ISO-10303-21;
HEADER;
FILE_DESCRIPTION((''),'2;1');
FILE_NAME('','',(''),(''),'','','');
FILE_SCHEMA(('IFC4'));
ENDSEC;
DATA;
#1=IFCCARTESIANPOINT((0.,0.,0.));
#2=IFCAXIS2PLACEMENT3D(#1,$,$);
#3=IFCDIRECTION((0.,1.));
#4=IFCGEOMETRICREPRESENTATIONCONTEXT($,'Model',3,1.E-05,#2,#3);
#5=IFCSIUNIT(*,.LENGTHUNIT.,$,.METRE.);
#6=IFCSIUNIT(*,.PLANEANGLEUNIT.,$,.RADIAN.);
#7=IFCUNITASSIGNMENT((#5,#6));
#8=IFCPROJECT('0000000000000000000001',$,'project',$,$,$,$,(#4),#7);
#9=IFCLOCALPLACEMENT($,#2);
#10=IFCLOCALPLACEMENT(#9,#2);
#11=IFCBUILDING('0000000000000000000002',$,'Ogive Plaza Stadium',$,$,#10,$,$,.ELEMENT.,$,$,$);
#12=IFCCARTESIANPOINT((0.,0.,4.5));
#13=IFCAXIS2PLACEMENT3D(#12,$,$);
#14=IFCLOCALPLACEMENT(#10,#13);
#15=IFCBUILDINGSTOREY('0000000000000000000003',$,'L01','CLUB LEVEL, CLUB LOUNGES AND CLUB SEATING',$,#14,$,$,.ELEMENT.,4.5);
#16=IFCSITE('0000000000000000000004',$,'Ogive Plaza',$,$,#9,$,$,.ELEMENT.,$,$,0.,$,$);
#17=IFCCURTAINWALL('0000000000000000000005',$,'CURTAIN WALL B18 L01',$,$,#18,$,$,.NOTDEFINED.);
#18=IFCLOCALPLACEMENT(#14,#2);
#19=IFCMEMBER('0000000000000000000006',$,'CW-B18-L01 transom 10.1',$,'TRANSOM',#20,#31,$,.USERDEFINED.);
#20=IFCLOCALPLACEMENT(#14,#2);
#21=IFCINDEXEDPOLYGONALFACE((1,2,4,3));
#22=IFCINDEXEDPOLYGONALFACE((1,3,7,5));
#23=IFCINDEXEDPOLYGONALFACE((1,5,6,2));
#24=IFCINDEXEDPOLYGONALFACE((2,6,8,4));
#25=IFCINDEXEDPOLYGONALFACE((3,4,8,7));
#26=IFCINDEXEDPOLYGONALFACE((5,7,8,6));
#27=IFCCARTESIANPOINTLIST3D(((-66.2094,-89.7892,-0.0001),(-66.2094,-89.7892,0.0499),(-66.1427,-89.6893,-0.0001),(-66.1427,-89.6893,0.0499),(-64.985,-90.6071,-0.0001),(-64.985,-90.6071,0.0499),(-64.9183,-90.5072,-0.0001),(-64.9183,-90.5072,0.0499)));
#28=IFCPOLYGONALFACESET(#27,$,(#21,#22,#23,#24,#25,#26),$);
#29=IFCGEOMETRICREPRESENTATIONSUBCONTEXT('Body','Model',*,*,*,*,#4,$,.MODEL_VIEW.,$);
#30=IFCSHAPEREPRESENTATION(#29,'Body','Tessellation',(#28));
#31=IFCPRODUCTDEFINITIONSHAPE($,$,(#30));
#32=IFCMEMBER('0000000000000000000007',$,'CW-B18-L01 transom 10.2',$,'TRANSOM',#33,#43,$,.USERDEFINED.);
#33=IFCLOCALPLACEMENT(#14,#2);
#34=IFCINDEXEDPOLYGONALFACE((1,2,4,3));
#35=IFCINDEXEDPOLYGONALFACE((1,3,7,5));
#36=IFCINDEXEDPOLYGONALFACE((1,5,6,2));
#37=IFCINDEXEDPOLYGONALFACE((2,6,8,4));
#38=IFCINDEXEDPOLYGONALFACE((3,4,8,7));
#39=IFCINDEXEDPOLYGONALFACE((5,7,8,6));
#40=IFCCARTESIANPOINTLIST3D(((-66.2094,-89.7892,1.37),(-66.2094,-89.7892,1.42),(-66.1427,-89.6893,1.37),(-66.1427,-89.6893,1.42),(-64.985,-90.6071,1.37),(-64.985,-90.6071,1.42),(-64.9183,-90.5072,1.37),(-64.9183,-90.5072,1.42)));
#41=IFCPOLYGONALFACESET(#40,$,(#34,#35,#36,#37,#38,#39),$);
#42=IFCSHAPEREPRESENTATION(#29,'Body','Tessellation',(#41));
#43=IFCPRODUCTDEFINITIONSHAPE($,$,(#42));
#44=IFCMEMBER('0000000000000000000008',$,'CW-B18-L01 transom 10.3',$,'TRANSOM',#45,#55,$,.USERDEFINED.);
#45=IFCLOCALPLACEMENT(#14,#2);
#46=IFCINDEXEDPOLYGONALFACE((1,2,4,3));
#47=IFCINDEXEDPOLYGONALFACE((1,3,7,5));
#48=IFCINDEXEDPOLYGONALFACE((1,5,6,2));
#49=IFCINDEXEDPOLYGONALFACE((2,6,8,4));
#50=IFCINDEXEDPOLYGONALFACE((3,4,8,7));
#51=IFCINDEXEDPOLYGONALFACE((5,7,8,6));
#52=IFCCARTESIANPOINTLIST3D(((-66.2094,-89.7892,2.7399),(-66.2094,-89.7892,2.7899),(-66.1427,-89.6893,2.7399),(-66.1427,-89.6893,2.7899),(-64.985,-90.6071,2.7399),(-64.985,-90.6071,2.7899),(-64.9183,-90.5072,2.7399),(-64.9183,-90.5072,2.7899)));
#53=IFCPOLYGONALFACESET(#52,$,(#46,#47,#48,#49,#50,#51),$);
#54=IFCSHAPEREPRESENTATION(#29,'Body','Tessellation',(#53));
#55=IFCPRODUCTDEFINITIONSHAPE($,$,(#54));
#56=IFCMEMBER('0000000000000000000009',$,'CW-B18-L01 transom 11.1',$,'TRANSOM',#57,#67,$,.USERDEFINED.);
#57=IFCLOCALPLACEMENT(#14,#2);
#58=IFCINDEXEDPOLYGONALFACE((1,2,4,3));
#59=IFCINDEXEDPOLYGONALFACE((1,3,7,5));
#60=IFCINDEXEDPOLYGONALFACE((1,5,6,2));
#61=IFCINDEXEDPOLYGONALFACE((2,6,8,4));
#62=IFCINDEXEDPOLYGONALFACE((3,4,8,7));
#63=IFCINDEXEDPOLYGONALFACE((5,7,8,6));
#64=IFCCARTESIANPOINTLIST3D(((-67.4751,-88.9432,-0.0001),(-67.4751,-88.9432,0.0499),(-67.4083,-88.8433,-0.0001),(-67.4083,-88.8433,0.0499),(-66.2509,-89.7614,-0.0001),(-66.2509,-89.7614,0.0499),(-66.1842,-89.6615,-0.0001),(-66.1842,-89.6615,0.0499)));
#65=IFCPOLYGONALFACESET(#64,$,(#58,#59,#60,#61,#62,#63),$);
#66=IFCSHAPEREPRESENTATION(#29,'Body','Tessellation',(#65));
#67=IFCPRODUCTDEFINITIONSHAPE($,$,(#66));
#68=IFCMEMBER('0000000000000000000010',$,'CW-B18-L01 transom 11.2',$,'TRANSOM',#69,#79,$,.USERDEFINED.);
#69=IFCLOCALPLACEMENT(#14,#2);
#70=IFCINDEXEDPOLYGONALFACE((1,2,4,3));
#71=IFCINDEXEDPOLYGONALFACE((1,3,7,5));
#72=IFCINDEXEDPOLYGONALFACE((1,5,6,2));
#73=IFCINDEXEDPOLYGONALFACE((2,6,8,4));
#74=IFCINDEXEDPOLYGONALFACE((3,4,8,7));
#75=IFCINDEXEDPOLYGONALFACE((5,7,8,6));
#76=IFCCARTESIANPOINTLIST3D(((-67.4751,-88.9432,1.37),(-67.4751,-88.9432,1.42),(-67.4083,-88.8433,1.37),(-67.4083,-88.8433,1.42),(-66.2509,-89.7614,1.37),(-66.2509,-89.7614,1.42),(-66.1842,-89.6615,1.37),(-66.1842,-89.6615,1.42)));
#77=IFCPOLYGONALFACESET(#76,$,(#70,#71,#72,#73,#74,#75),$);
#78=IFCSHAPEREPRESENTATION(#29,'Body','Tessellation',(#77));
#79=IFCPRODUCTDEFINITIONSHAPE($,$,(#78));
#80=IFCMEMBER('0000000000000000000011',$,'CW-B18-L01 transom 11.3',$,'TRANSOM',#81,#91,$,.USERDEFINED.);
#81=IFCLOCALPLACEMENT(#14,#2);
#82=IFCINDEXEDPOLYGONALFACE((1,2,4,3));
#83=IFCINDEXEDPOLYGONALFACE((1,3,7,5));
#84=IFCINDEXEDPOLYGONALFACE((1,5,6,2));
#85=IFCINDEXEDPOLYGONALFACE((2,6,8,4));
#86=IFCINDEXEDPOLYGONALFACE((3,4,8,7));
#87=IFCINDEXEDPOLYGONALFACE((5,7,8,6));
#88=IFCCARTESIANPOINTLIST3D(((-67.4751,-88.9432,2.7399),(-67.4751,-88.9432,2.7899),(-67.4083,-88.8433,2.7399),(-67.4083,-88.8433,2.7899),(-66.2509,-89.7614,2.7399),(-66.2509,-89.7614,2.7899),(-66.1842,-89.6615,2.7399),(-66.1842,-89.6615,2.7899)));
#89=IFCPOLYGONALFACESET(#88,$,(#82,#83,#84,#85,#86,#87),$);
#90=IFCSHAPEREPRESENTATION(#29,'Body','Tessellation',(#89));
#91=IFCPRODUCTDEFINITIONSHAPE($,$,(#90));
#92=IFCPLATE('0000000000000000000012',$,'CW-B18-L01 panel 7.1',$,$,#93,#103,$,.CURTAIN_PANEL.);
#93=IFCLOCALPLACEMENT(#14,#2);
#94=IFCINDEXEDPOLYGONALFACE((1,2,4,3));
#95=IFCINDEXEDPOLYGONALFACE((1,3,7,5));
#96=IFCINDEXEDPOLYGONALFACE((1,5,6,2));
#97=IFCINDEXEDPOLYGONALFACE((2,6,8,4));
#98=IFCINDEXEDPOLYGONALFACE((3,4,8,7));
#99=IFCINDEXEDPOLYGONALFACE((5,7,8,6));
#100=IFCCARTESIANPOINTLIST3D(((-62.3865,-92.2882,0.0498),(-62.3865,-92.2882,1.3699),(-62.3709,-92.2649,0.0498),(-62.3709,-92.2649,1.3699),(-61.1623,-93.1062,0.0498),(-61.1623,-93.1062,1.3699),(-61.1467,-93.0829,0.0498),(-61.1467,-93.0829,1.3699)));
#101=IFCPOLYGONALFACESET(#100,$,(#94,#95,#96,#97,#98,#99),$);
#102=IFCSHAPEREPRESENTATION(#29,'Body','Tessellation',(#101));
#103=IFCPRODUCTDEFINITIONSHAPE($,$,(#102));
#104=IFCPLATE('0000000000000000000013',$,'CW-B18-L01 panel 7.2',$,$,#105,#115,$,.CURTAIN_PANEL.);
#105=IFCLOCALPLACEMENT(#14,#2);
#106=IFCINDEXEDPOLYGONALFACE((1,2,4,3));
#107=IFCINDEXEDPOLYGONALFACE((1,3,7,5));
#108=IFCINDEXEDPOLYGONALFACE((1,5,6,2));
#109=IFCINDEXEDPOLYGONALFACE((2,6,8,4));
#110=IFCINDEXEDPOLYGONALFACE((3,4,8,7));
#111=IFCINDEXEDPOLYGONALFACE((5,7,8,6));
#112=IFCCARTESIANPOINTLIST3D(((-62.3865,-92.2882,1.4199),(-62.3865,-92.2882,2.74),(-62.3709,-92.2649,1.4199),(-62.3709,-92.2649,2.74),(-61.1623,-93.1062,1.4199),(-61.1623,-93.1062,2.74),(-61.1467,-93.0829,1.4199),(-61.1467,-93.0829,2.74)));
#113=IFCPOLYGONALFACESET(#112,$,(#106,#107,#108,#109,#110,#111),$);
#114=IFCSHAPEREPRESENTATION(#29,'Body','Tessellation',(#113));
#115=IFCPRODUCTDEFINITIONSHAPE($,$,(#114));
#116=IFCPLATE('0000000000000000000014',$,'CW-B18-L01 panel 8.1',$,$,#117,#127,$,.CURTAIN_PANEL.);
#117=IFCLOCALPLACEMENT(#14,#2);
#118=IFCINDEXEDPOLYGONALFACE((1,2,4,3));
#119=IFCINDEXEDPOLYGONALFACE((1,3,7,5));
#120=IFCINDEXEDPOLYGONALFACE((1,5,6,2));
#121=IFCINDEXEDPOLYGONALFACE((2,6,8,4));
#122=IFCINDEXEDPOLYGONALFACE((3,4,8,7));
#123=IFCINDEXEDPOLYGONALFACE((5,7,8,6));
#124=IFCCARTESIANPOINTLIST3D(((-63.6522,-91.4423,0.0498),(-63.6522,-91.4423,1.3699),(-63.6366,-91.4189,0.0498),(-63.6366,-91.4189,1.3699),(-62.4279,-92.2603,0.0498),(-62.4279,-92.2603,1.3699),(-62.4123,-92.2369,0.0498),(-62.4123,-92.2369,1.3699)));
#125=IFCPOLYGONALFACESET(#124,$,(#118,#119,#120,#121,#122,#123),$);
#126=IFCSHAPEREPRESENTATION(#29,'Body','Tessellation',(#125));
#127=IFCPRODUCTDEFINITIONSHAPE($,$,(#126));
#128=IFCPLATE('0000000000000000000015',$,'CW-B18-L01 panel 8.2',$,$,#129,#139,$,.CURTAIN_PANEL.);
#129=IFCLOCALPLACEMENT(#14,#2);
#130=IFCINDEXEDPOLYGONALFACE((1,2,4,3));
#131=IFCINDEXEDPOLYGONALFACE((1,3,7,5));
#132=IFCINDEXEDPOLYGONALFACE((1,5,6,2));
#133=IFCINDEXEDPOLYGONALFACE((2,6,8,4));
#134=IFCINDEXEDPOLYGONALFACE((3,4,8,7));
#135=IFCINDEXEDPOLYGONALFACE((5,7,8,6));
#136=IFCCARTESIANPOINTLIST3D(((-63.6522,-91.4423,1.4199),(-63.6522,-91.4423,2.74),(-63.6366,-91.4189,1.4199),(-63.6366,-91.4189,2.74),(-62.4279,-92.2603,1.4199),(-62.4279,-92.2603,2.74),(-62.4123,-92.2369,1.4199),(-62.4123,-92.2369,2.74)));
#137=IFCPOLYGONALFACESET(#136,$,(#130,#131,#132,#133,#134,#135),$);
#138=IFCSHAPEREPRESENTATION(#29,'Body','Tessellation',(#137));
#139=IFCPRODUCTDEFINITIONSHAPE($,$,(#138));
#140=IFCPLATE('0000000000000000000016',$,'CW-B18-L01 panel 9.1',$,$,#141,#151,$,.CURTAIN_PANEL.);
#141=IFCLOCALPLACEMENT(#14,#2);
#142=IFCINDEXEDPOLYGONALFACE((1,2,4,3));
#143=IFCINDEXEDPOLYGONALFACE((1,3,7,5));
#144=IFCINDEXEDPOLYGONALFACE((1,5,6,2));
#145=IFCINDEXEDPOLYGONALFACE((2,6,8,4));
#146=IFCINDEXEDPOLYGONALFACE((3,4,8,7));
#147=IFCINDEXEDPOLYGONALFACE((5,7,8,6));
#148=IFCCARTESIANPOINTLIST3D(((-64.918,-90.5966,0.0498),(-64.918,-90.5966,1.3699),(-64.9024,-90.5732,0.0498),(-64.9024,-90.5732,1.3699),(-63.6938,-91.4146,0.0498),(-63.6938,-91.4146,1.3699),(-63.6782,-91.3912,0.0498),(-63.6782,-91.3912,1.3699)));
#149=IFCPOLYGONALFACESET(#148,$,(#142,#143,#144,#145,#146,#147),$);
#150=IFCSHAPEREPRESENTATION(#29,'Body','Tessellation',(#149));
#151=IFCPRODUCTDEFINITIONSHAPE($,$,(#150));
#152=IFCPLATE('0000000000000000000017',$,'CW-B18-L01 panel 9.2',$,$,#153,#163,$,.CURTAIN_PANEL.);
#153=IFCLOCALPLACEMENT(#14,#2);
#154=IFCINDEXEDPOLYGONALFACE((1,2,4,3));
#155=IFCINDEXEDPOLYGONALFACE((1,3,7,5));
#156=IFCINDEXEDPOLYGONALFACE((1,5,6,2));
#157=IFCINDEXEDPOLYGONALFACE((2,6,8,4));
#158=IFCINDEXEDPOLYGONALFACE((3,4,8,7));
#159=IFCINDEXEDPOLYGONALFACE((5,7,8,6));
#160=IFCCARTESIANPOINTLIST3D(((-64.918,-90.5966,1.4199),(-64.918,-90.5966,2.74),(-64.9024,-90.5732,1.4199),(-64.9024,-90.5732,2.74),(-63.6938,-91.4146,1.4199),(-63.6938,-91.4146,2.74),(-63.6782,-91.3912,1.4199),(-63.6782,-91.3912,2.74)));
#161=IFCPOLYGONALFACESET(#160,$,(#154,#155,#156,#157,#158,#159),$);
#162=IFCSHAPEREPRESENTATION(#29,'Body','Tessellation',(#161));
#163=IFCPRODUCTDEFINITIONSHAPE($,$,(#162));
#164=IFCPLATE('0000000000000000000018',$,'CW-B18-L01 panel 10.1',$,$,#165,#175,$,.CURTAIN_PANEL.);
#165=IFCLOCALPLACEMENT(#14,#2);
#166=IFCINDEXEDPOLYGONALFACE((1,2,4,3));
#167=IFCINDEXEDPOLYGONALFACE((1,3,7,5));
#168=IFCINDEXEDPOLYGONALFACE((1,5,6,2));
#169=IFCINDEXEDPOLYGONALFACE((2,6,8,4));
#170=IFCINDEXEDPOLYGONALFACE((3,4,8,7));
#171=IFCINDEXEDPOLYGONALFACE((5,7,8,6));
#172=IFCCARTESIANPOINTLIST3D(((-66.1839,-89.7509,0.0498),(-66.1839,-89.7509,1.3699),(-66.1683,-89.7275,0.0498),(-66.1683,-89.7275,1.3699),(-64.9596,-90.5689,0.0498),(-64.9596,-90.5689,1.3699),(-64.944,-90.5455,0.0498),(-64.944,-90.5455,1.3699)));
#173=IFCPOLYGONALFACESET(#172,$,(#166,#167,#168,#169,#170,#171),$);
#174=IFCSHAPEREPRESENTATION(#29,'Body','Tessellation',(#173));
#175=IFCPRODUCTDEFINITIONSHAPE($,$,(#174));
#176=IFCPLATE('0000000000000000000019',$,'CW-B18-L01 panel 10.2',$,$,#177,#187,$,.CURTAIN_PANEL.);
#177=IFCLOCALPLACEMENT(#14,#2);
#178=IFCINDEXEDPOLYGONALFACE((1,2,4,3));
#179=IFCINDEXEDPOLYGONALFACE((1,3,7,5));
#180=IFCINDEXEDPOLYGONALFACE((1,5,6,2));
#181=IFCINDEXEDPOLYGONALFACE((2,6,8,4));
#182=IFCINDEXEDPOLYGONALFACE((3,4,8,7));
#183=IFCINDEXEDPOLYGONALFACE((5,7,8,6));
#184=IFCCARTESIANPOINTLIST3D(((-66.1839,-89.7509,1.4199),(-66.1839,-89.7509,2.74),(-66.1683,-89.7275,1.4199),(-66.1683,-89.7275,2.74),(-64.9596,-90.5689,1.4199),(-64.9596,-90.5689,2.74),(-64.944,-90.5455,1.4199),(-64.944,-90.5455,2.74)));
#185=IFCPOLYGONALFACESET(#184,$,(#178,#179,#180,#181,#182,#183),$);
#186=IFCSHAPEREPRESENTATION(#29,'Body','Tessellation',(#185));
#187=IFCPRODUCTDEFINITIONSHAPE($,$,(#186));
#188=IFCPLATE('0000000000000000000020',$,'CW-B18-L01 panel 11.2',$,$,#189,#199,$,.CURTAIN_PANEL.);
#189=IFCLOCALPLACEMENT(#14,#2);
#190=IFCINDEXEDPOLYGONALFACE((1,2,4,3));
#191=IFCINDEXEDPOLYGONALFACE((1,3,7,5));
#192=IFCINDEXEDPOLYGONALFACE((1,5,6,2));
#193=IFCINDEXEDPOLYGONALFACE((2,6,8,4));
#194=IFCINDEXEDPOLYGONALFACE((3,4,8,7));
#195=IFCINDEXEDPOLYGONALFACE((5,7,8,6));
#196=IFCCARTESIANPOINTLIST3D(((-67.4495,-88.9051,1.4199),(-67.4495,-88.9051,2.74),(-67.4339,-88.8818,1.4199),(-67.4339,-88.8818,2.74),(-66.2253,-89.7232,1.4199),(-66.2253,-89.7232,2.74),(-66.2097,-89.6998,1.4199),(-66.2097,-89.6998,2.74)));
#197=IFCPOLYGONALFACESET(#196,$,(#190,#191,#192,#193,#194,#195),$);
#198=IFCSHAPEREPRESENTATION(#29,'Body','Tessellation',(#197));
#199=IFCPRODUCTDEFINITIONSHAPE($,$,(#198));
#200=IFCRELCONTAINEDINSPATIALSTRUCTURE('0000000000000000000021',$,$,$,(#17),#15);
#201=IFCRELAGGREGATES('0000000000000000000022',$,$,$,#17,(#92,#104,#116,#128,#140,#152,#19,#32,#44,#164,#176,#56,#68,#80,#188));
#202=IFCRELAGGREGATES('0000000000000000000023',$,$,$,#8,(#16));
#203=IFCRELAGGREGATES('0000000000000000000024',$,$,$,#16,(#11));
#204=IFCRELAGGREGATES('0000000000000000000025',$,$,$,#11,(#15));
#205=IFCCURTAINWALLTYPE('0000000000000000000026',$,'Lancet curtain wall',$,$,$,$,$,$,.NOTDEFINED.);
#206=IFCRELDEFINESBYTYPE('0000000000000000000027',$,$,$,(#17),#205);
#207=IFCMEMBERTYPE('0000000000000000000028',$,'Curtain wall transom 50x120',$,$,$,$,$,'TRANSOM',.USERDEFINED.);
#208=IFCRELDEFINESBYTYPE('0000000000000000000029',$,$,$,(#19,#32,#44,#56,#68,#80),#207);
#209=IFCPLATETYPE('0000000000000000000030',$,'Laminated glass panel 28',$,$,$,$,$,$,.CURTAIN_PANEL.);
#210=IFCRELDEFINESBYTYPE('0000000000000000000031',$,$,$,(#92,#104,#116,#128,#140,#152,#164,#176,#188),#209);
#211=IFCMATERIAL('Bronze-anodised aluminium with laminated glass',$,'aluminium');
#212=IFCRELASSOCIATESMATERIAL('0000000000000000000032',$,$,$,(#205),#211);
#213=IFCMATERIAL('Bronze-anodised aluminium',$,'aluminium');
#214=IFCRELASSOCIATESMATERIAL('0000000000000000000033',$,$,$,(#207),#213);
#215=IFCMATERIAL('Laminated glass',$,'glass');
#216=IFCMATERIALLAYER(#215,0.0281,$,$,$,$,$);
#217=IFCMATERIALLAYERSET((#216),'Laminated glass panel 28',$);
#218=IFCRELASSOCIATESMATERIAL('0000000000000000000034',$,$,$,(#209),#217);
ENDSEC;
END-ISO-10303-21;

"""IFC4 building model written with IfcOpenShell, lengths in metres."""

from ifc_helpers import new_model, si_unit, direction, frame, origin, origin_2d, place, context, subcontext, project, spatial, rectangle, extrude, material, layer, layer_set, material_profile, profile_set, type_object, element, aggregate, save


model = new_model("IFC4")

# Units and contexts
model_context = context("Model", 3, precision=1e-05, world=origin(), true_north=direction((0.0, 1.0)))
body_context = subcontext(model_context, "Body", "Model", "MODEL_VIEW")
ifc_project = project(units=[si_unit("LENGTHUNIT", "METRE"), si_unit("PLANEANGLEUNIT", "RADIAN")], contexts=[model_context])

# Site, building, storey
site_placement = place(None, origin())
site = spatial("IfcSite", under=ifc_project, at=site_placement, Name="Ogive Plaza", CompositionType="ELEMENT", RefElevation=0.0)
building_placement = place(site_placement, origin())
building = spatial("IfcBuilding", under=site, at=building_placement, Name="Ogive Plaza Stadium", CompositionType="ELEMENT")
storey_placement = place(building_placement, frame((0.0, 0.0, 4.5)))
storey = spatial("IfcBuildingStorey", under=building, at=storey_placement, Name="L01", Description="CLUB LEVEL, CLUB LOUNGES AND CLUB SEATING", CompositionType="ELEMENT", Elevation=4.5)

# Curtain wall, members, plates
ifc_material_1 = material(Name="Bronze-anodised aluminium with laminated glass", Category="aluminium")
curtain_wall_type = type_object("IfcCurtainWallType", Name="Lancet curtain wall", PredefinedType="NOTDEFINED", material=ifc_material_1)
curtain_wall_placement = place(storey_placement, origin())
curtain_wall = element("IfcCurtainWall", 1, at=curtain_wall_placement, inside=storey, type_object=curtain_wall_type, Name="CURTAIN WALL B18 L01", PredefinedType="NOTDEFINED")
ifc_material_2 = material(Name="Bronze-anodised aluminium", Category="aluminium")
ifc_material_profile_1 = material_profile(ifc_material_2, rectangle(XDim=0.1201, YDim=0.05, at=origin_2d()), Name="AL 120x50")
ifc_profile_set_1 = profile_set([ifc_material_profile_1], Name="Bronze-anodised aluminium")
member_type_1 = type_object("IfcMemberType", Name="Curtain wall transom 50x120", ElementType="TRANSOM", PredefinedType="USERDEFINED", material=ifc_profile_set_1)
member_1_placement = place(storey_placement, frame((-64.9517, -90.5571, 0.0249), z_axis=(-0.83154, 0.555465, 0.0), x_axis=(-0.555465, -0.83154, 0.0)))
member_1 = element("IfcMember", 2, at=member_1_placement, type_object=member_type_1, Name="CW-B18-L01 transom 10.1", ObjectType="TRANSOM", PredefinedType="USERDEFINED", context=body_context, shape_type="SweptSolid", body=[
    extrude(rectangle(XDim=0.1201, YDim=0.05, at=origin_2d()), origin(), (0.0, 0.0, 1.0), 1.4724),
])
member_2_placement = place(storey_placement, frame((-64.9517, -90.5571, 1.395), z_axis=(-0.83154, 0.555465, 0.0), x_axis=(-0.555465, -0.83154, 0.0)))
member_2 = element("IfcMember", 3, at=member_2_placement, type_object=member_type_1, Name="CW-B18-L01 transom 10.2", ObjectType="TRANSOM", PredefinedType="USERDEFINED", context=body_context, shape_type="SweptSolid", body=[
    extrude(rectangle(XDim=0.1201, YDim=0.05, at=origin_2d()), origin(), (0.0, 0.0, 1.0), 1.4724),
])
member_3_placement = place(storey_placement, frame((-64.9517, -90.5571, 2.7649), z_axis=(-0.83154, 0.555465, 0.0), x_axis=(-0.555465, -0.83154, 0.0)))
member_3 = element("IfcMember", 4, at=member_3_placement, type_object=member_type_1, Name="CW-B18-L01 transom 10.3", ObjectType="TRANSOM", PredefinedType="USERDEFINED", context=body_context, shape_type="SweptSolid", body=[
    extrude(rectangle(XDim=0.1201, YDim=0.05, at=origin_2d()), origin(), (0.0, 0.0, 1.0), 1.4724),
])
member_4_placement = place(storey_placement, frame((-66.2175, -89.7114, 0.0249), z_axis=(-0.831412, 0.555656, 0.0), x_axis=(-0.555656, -0.831412, 0.0)))
member_4 = element("IfcMember", 5, at=member_4_placement, type_object=member_type_1, Name="CW-B18-L01 transom 11.1", ObjectType="TRANSOM", PredefinedType="USERDEFINED", context=body_context, shape_type="SweptSolid", body=[
    extrude(rectangle(XDim=0.1201, YDim=0.05, at=origin_2d()), origin(), (0.0, 0.0, 1.0), 1.4724),
])
member_5_placement = place(storey_placement, frame((-66.2175, -89.7114, 1.395), z_axis=(-0.831412, 0.555656, 0.0), x_axis=(-0.555656, -0.831412, 0.0)))
member_5 = element("IfcMember", 6, at=member_5_placement, type_object=member_type_1, Name="CW-B18-L01 transom 11.2", ObjectType="TRANSOM", PredefinedType="USERDEFINED", context=body_context, shape_type="SweptSolid", body=[
    extrude(rectangle(XDim=0.1201, YDim=0.05, at=origin_2d()), origin(), (0.0, 0.0, 1.0), 1.4724),
])
member_6_placement = place(storey_placement, frame((-66.2175, -89.7114, 2.7649), z_axis=(-0.831412, 0.555656, 0.0), x_axis=(-0.555656, -0.831412, 0.0)))
member_6 = element("IfcMember", 7, at=member_6_placement, type_object=member_type_1, Name="CW-B18-L01 transom 11.3", ObjectType="TRANSOM", PredefinedType="USERDEFINED", context=body_context, shape_type="SweptSolid", body=[
    extrude(rectangle(XDim=0.1201, YDim=0.05, at=origin_2d()), origin(), (0.0, 0.0, 1.0), 1.4724),
])
ifc_material_3 = material(Name="Laminated glass", Category="glass")
ifc_layer_1 = layer(ifc_material_3, 0.0281)
ifc_layer_set_1 = layer_set([ifc_layer_1], Name="Laminated glass panel 28")
plate_type = type_object("IfcPlateType", Name="Laminated glass panel 28", PredefinedType="CURTAIN_PANEL", material=ifc_layer_set_1)
plate_1_placement = place(storey_placement, frame((-61.7666, -92.6855, 0.0498), z_axis=(0.0, 0.0, 1.0), x_axis=(-0.83147, 0.55557, 0.0)))
plate_1 = element("IfcPlate", 8, at=plate_1_placement, type_object=plate_type, Name="CW-B18-L01 panel 7.1", PredefinedType="CURTAIN_PANEL", context=body_context, shape_type="SweptSolid", body=[
    extrude(rectangle(XDim=1.4724, YDim=0.0281, at=origin_2d()), origin(), (0.0, 0.0, 1.0), 1.3201),
])
plate_2_placement = place(storey_placement, frame((-61.7666, -92.6855, 1.4199), z_axis=(0.0, 0.0, 1.0), x_axis=(-0.83147, 0.55557, 0.0)))
plate_2 = element("IfcPlate", 9, at=plate_2_placement, type_object=plate_type, Name="CW-B18-L01 panel 7.2", PredefinedType="CURTAIN_PANEL", context=body_context, shape_type="SweptSolid", body=[
    extrude(rectangle(XDim=1.4724, YDim=0.0281, at=origin_2d()), origin(), (0.0, 0.0, 1.0), 1.3201),
])
plate_3_placement = place(storey_placement, frame((-63.0322, -91.8396, 0.0498), z_axis=(0.0, 0.0, 1.0), x_axis=(-0.83147, 0.55557, 0.0)))
plate_3 = element("IfcPlate", 10, at=plate_3_placement, type_object=plate_type, Name="CW-B18-L01 panel 8.1", PredefinedType="CURTAIN_PANEL", context=body_context, shape_type="SweptSolid", body=[
    extrude(rectangle(XDim=1.4724, YDim=0.0281, at=origin_2d()), origin(), (0.0, 0.0, 1.0), 1.3201),
])
plate_4_placement = place(storey_placement, frame((-63.0322, -91.8396, 1.4199), z_axis=(0.0, 0.0, 1.0), x_axis=(-0.83147, 0.55557, 0.0)))
plate_4 = element("IfcPlate", 11, at=plate_4_placement, type_object=plate_type, Name="CW-B18-L01 panel 8.2", PredefinedType="CURTAIN_PANEL", context=body_context, shape_type="SweptSolid", body=[
    extrude(rectangle(XDim=1.4724, YDim=0.0281, at=origin_2d()), origin(), (0.0, 0.0, 1.0), 1.3201),
])
plate_5_placement = place(storey_placement, frame((-64.2981, -90.9939, 0.0498), z_axis=(0.0, 0.0, 1.0), x_axis=(-0.83147, 0.55557, 0.0)))
plate_5 = element("IfcPlate", 12, at=plate_5_placement, type_object=plate_type, Name="CW-B18-L01 panel 9.1", PredefinedType="CURTAIN_PANEL", context=body_context, shape_type="SweptSolid", body=[
    extrude(rectangle(XDim=1.4724, YDim=0.0281, at=origin_2d()), origin(), (0.0, 0.0, 1.0), 1.3201),
])
plate_6_placement = place(storey_placement, frame((-64.2981, -90.9939, 1.4199), z_axis=(0.0, 0.0, 1.0), x_axis=(-0.83147, 0.55557, 0.0)))
plate_6 = element("IfcPlate", 13, at=plate_6_placement, type_object=plate_type, Name="CW-B18-L01 panel 9.2", PredefinedType="CURTAIN_PANEL", context=body_context, shape_type="SweptSolid", body=[
    extrude(rectangle(XDim=1.4724, YDim=0.0281, at=origin_2d()), origin(), (0.0, 0.0, 1.0), 1.3201),
])
plate_7_placement = place(storey_placement, frame((-65.564, -90.1482, 0.0498), z_axis=(0.0, 0.0, 1.0), x_axis=(-0.83147, 0.55557, 0.0)))
plate_7 = element("IfcPlate", 14, at=plate_7_placement, type_object=plate_type, Name="CW-B18-L01 panel 10.1", PredefinedType="CURTAIN_PANEL", context=body_context, shape_type="SweptSolid", body=[
    extrude(rectangle(XDim=1.4724, YDim=0.0281, at=origin_2d()), origin(), (0.0, 0.0, 1.0), 1.3201),
])
plate_8_placement = place(storey_placement, frame((-65.564, -90.1482, 1.4199), z_axis=(0.0, 0.0, 1.0), x_axis=(-0.83147, 0.55557, 0.0)))
plate_8 = element("IfcPlate", 15, at=plate_8_placement, type_object=plate_type, Name="CW-B18-L01 panel 10.2", PredefinedType="CURTAIN_PANEL", context=body_context, shape_type="SweptSolid", body=[
    extrude(rectangle(XDim=1.4724, YDim=0.0281, at=origin_2d()), origin(), (0.0, 0.0, 1.0), 1.3201),
])
plate_9_placement = place(storey_placement, frame((-66.8296, -89.3025, 1.4199), z_axis=(0.0, 0.0, 1.0), x_axis=(-0.83147, 0.55557, 0.0)))
plate_9 = element("IfcPlate", 16, at=plate_9_placement, type_object=plate_type, Name="CW-B18-L01 panel 11.2", PredefinedType="CURTAIN_PANEL", context=body_context, shape_type="SweptSolid", body=[
    extrude(rectangle(XDim=1.4724, YDim=0.0281, at=origin_2d()), origin(), (0.0, 0.0, 1.0), 1.3201),
])
aggregate(curtain_wall, [plate_1, plate_2, plate_3, plate_4, plate_5, plate_6, member_1, member_2, member_3, plate_7, plate_8, member_4, member_5, member_6, plate_9])

save(model, "model.ifc")
